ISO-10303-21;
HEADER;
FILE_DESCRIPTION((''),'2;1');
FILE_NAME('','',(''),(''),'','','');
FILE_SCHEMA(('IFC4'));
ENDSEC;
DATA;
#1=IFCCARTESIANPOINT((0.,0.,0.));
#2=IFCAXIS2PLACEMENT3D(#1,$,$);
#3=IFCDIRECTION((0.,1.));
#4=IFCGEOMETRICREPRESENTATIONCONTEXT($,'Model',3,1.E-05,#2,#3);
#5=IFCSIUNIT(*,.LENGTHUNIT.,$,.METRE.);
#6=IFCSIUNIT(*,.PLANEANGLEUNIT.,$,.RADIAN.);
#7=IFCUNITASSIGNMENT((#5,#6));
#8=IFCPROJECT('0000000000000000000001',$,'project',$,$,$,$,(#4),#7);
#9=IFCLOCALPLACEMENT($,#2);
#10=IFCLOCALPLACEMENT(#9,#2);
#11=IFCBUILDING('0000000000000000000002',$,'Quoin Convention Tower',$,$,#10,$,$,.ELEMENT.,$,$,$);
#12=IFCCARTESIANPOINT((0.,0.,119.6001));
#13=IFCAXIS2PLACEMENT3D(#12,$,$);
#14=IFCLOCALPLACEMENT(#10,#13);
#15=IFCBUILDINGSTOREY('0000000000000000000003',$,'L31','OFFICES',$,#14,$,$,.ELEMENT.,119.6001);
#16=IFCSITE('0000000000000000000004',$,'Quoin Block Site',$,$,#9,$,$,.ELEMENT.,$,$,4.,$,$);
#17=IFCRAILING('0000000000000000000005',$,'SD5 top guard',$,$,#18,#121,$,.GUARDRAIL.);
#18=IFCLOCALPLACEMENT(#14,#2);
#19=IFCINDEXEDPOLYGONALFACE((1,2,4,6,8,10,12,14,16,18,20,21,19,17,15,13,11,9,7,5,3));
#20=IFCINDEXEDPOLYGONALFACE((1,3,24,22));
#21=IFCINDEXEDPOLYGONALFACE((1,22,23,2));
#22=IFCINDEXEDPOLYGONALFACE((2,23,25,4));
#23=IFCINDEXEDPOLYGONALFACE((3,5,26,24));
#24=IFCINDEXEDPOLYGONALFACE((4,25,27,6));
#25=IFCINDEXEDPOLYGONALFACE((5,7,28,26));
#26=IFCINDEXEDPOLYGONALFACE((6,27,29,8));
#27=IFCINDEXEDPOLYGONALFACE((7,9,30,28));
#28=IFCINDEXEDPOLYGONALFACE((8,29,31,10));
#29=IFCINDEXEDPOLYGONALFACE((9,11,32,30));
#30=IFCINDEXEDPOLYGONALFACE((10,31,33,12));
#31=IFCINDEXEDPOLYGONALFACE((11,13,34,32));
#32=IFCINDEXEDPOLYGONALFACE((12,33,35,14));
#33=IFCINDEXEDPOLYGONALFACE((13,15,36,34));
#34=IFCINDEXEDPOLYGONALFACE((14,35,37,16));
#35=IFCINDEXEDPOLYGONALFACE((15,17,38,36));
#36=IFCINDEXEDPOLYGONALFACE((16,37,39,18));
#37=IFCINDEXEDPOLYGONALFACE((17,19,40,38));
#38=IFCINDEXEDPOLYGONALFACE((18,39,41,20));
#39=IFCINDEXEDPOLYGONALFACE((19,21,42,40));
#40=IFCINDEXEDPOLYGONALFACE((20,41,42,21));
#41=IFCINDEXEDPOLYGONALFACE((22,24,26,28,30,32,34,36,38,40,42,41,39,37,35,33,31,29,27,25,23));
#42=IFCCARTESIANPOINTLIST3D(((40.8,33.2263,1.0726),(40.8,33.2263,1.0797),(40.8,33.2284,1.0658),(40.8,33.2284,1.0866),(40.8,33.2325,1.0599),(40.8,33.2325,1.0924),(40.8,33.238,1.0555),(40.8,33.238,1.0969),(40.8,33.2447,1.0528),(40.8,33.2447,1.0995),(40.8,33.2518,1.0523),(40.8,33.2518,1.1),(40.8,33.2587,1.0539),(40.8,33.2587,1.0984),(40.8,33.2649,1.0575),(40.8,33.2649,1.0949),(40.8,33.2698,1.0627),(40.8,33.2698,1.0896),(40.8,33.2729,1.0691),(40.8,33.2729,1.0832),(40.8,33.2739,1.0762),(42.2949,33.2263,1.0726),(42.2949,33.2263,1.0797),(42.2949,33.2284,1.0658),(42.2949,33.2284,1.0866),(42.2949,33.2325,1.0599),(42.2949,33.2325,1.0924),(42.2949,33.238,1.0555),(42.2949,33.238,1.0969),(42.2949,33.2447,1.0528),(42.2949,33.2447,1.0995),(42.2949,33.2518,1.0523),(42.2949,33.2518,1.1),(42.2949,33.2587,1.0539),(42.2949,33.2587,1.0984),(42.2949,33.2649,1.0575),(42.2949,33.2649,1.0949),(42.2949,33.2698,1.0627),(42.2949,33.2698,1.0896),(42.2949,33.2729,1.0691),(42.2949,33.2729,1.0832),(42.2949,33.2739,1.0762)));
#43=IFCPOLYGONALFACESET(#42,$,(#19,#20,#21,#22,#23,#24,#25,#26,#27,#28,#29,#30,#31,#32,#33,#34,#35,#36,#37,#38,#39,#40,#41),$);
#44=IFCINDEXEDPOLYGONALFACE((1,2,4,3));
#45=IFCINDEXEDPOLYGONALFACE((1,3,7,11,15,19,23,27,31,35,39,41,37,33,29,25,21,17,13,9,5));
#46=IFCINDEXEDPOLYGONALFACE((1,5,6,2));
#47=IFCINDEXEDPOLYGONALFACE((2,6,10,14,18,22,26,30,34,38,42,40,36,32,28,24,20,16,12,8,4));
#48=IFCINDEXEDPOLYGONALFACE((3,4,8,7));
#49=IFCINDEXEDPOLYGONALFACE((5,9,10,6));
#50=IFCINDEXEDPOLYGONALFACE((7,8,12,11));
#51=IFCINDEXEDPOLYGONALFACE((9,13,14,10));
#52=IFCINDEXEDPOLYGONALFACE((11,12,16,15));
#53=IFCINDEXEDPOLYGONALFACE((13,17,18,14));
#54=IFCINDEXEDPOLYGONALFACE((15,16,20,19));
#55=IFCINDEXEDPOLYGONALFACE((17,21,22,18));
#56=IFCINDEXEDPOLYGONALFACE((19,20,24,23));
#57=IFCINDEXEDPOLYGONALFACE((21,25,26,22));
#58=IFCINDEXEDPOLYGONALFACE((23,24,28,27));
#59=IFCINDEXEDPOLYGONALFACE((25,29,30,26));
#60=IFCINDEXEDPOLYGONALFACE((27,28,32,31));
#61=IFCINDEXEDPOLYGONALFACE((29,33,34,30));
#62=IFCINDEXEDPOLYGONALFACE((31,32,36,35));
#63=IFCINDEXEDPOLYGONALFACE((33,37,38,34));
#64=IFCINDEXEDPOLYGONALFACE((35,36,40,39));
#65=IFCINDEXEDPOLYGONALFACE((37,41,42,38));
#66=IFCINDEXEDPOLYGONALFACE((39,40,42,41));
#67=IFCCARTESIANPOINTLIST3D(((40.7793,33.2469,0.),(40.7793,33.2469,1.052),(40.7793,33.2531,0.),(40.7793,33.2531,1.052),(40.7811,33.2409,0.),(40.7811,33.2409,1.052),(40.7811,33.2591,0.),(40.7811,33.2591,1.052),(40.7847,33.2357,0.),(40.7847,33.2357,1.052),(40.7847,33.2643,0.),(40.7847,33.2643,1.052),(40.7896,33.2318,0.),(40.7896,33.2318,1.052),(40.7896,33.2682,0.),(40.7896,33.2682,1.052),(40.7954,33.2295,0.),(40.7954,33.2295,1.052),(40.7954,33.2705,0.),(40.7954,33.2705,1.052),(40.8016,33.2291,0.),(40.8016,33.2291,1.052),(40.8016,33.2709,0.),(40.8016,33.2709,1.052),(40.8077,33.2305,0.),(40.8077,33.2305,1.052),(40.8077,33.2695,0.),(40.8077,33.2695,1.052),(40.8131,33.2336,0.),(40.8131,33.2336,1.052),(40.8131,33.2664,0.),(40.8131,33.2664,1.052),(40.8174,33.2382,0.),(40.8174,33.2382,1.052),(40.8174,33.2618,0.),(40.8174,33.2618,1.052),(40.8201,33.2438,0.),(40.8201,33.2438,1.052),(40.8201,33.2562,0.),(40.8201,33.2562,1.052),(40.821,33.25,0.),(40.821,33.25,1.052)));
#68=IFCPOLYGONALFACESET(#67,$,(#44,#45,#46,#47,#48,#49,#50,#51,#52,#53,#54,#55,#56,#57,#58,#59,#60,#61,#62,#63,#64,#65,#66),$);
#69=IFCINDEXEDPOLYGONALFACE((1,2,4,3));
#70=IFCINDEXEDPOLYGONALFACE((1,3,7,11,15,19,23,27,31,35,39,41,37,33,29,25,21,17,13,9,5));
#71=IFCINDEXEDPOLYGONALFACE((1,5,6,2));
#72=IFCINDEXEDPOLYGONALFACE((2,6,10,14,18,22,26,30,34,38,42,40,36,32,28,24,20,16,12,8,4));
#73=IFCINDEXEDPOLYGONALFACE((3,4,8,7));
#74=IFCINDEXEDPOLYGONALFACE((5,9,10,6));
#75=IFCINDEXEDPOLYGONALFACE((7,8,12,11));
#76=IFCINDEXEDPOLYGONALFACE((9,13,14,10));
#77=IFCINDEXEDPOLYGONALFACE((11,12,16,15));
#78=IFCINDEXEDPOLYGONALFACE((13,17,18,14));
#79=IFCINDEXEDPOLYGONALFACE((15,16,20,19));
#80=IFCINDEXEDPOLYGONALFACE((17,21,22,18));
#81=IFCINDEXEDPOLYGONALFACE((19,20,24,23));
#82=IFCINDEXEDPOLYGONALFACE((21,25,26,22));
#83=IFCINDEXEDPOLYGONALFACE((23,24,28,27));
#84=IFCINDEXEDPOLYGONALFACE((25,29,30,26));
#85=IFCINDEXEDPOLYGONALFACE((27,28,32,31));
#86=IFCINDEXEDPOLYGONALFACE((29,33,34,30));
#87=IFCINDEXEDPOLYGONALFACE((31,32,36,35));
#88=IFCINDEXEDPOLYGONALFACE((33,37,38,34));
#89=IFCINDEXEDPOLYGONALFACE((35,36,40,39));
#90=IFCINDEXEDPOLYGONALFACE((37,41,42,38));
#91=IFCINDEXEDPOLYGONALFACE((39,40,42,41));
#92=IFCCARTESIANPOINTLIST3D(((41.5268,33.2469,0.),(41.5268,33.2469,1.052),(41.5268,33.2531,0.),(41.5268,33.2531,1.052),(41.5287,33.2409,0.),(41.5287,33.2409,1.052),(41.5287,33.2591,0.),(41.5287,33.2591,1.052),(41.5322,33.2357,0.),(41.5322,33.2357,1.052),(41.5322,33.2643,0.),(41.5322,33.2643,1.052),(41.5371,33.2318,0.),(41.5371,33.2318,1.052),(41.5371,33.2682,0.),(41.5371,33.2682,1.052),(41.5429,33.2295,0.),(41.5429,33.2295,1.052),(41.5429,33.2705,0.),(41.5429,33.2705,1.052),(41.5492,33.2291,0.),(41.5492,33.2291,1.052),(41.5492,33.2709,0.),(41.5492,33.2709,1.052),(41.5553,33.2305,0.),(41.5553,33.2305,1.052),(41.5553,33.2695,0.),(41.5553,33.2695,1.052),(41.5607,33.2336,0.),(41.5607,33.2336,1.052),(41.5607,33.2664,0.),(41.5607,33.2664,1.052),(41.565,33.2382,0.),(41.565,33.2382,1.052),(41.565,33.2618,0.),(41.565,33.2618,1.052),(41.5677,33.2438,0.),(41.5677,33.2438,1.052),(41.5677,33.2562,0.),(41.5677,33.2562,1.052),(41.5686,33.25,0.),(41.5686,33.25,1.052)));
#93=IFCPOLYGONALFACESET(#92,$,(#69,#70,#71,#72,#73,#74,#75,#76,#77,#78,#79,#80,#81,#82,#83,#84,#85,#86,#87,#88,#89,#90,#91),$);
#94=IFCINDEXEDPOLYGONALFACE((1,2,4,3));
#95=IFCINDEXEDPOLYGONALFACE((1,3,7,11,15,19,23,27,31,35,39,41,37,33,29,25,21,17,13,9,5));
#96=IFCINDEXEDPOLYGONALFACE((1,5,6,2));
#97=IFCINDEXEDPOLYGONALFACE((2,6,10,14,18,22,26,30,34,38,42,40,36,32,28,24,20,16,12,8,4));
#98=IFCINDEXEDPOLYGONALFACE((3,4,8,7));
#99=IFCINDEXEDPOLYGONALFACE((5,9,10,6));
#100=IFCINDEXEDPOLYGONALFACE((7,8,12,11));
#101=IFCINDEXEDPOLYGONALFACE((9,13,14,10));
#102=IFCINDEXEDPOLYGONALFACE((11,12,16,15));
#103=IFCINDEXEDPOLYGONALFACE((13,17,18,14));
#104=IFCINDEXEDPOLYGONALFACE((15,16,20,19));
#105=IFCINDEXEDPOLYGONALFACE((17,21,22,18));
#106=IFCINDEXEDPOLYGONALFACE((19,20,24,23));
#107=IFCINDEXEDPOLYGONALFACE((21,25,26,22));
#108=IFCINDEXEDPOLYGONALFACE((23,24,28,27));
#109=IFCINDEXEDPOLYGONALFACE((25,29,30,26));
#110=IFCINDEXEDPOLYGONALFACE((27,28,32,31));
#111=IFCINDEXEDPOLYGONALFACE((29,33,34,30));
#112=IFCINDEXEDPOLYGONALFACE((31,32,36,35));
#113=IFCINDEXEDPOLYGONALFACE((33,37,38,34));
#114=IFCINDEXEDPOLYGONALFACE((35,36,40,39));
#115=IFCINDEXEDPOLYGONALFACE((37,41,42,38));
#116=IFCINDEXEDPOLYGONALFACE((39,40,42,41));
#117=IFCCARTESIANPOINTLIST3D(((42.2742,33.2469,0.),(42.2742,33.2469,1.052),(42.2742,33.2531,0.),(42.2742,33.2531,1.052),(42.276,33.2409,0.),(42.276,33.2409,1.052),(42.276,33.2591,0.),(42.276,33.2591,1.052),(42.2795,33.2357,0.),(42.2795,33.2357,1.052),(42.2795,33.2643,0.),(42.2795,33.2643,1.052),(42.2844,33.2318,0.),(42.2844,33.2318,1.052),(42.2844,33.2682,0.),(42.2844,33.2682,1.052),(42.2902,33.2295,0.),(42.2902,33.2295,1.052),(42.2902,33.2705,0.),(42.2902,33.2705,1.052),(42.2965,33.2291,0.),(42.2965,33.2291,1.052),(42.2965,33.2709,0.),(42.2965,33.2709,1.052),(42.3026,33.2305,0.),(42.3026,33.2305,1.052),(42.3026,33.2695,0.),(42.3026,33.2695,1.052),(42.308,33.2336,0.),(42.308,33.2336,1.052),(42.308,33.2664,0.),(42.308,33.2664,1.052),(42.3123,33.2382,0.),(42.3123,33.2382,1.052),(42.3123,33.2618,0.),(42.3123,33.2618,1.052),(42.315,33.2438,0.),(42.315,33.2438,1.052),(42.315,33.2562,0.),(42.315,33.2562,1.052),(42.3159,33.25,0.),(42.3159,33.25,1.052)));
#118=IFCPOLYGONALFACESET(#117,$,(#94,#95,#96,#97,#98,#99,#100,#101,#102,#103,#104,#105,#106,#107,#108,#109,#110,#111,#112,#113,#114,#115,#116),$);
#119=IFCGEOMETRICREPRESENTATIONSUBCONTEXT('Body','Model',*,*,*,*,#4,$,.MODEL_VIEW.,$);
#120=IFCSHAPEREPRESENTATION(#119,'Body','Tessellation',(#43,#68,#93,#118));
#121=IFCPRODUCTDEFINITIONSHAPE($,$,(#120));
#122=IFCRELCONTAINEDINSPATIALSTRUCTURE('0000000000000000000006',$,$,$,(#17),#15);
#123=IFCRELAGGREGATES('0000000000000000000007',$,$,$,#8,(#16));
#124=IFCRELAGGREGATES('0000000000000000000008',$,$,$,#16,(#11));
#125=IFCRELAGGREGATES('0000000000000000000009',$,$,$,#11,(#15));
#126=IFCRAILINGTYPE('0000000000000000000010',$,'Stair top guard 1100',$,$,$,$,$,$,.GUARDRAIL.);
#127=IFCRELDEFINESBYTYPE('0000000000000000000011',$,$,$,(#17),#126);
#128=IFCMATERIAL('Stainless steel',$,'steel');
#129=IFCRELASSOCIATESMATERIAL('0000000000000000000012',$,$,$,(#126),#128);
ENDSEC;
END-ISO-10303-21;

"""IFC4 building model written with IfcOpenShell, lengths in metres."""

from ifc_helpers import new_model, si_unit, direction, frame, origin, origin_2d, place, context, subcontext, project, spatial, circle, extrude, material, type_object, element, save


model = new_model("IFC4")

# Units and contexts
model_context = context("Model", 3, precision=1e-05, world=origin(), true_north=direction((0.0, 1.0)))
body_context = subcontext(model_context, "Body", "Model", "MODEL_VIEW")
ifc_project = project(units=[si_unit("LENGTHUNIT", "METRE"), si_unit("PLANEANGLEUNIT", "RADIAN")], contexts=[model_context])

# Site, building, storey
site_placement = place(None, origin())
site = spatial("IfcSite", under=ifc_project, at=site_placement, Name="Quoin Block Site", CompositionType="ELEMENT", RefElevation=4.0)
building_placement = place(site_placement, origin())
building = spatial("IfcBuilding", under=site, at=building_placement, Name="Quoin Convention Tower", CompositionType="ELEMENT")
storey_placement = place(building_placement, frame((0.0, 0.0, 119.6001)))
storey = spatial("IfcBuildingStorey", under=building, at=storey_placement, Name="L31", Description="OFFICES", CompositionType="ELEMENT", Elevation=119.6001)

# Railing
ifc_material_1 = material(Name="Stainless steel", Category="steel")
railing_type_1 = type_object("IfcRailingType", Name="Stair top guard 1100", PredefinedType="GUARDRAIL", material=ifc_material_1)
railing_1_placement = place(storey_placement, frame((40.8, 33.25, 0.0)))
element("IfcRailing", 1, at=railing_1_placement, inside=storey, type_object=railing_type_1, Name="SD5 top guard", PredefinedType="GUARDRAIL", context=body_context, shape_type="SweptSolid", body=[
    extrude(circle(Radius=0.0239, at=origin_2d()), frame((0.0, 0.0, 1.0762), z_axis=(1.0, 0.0, 0.0), x_axis=(0.0, 1.0, 0.0)), (0.0, 0.0, 1.0), 1.4949),
    extrude(circle(Radius=0.021, at=origin_2d()), origin(), (0.0, 0.0, 1.0), 1.052),
    extrude(circle(Radius=0.021, at=origin_2d()), frame((0.7476, 0.0, 0.0)), (0.0, 0.0, 1.0), 1.052),
    extrude(circle(Radius=0.021, at=origin_2d()), frame((1.4949, 0.0, 0.0)), (0.0, 0.0, 1.0), 1.052),
])

save(model, "model.ifc")
